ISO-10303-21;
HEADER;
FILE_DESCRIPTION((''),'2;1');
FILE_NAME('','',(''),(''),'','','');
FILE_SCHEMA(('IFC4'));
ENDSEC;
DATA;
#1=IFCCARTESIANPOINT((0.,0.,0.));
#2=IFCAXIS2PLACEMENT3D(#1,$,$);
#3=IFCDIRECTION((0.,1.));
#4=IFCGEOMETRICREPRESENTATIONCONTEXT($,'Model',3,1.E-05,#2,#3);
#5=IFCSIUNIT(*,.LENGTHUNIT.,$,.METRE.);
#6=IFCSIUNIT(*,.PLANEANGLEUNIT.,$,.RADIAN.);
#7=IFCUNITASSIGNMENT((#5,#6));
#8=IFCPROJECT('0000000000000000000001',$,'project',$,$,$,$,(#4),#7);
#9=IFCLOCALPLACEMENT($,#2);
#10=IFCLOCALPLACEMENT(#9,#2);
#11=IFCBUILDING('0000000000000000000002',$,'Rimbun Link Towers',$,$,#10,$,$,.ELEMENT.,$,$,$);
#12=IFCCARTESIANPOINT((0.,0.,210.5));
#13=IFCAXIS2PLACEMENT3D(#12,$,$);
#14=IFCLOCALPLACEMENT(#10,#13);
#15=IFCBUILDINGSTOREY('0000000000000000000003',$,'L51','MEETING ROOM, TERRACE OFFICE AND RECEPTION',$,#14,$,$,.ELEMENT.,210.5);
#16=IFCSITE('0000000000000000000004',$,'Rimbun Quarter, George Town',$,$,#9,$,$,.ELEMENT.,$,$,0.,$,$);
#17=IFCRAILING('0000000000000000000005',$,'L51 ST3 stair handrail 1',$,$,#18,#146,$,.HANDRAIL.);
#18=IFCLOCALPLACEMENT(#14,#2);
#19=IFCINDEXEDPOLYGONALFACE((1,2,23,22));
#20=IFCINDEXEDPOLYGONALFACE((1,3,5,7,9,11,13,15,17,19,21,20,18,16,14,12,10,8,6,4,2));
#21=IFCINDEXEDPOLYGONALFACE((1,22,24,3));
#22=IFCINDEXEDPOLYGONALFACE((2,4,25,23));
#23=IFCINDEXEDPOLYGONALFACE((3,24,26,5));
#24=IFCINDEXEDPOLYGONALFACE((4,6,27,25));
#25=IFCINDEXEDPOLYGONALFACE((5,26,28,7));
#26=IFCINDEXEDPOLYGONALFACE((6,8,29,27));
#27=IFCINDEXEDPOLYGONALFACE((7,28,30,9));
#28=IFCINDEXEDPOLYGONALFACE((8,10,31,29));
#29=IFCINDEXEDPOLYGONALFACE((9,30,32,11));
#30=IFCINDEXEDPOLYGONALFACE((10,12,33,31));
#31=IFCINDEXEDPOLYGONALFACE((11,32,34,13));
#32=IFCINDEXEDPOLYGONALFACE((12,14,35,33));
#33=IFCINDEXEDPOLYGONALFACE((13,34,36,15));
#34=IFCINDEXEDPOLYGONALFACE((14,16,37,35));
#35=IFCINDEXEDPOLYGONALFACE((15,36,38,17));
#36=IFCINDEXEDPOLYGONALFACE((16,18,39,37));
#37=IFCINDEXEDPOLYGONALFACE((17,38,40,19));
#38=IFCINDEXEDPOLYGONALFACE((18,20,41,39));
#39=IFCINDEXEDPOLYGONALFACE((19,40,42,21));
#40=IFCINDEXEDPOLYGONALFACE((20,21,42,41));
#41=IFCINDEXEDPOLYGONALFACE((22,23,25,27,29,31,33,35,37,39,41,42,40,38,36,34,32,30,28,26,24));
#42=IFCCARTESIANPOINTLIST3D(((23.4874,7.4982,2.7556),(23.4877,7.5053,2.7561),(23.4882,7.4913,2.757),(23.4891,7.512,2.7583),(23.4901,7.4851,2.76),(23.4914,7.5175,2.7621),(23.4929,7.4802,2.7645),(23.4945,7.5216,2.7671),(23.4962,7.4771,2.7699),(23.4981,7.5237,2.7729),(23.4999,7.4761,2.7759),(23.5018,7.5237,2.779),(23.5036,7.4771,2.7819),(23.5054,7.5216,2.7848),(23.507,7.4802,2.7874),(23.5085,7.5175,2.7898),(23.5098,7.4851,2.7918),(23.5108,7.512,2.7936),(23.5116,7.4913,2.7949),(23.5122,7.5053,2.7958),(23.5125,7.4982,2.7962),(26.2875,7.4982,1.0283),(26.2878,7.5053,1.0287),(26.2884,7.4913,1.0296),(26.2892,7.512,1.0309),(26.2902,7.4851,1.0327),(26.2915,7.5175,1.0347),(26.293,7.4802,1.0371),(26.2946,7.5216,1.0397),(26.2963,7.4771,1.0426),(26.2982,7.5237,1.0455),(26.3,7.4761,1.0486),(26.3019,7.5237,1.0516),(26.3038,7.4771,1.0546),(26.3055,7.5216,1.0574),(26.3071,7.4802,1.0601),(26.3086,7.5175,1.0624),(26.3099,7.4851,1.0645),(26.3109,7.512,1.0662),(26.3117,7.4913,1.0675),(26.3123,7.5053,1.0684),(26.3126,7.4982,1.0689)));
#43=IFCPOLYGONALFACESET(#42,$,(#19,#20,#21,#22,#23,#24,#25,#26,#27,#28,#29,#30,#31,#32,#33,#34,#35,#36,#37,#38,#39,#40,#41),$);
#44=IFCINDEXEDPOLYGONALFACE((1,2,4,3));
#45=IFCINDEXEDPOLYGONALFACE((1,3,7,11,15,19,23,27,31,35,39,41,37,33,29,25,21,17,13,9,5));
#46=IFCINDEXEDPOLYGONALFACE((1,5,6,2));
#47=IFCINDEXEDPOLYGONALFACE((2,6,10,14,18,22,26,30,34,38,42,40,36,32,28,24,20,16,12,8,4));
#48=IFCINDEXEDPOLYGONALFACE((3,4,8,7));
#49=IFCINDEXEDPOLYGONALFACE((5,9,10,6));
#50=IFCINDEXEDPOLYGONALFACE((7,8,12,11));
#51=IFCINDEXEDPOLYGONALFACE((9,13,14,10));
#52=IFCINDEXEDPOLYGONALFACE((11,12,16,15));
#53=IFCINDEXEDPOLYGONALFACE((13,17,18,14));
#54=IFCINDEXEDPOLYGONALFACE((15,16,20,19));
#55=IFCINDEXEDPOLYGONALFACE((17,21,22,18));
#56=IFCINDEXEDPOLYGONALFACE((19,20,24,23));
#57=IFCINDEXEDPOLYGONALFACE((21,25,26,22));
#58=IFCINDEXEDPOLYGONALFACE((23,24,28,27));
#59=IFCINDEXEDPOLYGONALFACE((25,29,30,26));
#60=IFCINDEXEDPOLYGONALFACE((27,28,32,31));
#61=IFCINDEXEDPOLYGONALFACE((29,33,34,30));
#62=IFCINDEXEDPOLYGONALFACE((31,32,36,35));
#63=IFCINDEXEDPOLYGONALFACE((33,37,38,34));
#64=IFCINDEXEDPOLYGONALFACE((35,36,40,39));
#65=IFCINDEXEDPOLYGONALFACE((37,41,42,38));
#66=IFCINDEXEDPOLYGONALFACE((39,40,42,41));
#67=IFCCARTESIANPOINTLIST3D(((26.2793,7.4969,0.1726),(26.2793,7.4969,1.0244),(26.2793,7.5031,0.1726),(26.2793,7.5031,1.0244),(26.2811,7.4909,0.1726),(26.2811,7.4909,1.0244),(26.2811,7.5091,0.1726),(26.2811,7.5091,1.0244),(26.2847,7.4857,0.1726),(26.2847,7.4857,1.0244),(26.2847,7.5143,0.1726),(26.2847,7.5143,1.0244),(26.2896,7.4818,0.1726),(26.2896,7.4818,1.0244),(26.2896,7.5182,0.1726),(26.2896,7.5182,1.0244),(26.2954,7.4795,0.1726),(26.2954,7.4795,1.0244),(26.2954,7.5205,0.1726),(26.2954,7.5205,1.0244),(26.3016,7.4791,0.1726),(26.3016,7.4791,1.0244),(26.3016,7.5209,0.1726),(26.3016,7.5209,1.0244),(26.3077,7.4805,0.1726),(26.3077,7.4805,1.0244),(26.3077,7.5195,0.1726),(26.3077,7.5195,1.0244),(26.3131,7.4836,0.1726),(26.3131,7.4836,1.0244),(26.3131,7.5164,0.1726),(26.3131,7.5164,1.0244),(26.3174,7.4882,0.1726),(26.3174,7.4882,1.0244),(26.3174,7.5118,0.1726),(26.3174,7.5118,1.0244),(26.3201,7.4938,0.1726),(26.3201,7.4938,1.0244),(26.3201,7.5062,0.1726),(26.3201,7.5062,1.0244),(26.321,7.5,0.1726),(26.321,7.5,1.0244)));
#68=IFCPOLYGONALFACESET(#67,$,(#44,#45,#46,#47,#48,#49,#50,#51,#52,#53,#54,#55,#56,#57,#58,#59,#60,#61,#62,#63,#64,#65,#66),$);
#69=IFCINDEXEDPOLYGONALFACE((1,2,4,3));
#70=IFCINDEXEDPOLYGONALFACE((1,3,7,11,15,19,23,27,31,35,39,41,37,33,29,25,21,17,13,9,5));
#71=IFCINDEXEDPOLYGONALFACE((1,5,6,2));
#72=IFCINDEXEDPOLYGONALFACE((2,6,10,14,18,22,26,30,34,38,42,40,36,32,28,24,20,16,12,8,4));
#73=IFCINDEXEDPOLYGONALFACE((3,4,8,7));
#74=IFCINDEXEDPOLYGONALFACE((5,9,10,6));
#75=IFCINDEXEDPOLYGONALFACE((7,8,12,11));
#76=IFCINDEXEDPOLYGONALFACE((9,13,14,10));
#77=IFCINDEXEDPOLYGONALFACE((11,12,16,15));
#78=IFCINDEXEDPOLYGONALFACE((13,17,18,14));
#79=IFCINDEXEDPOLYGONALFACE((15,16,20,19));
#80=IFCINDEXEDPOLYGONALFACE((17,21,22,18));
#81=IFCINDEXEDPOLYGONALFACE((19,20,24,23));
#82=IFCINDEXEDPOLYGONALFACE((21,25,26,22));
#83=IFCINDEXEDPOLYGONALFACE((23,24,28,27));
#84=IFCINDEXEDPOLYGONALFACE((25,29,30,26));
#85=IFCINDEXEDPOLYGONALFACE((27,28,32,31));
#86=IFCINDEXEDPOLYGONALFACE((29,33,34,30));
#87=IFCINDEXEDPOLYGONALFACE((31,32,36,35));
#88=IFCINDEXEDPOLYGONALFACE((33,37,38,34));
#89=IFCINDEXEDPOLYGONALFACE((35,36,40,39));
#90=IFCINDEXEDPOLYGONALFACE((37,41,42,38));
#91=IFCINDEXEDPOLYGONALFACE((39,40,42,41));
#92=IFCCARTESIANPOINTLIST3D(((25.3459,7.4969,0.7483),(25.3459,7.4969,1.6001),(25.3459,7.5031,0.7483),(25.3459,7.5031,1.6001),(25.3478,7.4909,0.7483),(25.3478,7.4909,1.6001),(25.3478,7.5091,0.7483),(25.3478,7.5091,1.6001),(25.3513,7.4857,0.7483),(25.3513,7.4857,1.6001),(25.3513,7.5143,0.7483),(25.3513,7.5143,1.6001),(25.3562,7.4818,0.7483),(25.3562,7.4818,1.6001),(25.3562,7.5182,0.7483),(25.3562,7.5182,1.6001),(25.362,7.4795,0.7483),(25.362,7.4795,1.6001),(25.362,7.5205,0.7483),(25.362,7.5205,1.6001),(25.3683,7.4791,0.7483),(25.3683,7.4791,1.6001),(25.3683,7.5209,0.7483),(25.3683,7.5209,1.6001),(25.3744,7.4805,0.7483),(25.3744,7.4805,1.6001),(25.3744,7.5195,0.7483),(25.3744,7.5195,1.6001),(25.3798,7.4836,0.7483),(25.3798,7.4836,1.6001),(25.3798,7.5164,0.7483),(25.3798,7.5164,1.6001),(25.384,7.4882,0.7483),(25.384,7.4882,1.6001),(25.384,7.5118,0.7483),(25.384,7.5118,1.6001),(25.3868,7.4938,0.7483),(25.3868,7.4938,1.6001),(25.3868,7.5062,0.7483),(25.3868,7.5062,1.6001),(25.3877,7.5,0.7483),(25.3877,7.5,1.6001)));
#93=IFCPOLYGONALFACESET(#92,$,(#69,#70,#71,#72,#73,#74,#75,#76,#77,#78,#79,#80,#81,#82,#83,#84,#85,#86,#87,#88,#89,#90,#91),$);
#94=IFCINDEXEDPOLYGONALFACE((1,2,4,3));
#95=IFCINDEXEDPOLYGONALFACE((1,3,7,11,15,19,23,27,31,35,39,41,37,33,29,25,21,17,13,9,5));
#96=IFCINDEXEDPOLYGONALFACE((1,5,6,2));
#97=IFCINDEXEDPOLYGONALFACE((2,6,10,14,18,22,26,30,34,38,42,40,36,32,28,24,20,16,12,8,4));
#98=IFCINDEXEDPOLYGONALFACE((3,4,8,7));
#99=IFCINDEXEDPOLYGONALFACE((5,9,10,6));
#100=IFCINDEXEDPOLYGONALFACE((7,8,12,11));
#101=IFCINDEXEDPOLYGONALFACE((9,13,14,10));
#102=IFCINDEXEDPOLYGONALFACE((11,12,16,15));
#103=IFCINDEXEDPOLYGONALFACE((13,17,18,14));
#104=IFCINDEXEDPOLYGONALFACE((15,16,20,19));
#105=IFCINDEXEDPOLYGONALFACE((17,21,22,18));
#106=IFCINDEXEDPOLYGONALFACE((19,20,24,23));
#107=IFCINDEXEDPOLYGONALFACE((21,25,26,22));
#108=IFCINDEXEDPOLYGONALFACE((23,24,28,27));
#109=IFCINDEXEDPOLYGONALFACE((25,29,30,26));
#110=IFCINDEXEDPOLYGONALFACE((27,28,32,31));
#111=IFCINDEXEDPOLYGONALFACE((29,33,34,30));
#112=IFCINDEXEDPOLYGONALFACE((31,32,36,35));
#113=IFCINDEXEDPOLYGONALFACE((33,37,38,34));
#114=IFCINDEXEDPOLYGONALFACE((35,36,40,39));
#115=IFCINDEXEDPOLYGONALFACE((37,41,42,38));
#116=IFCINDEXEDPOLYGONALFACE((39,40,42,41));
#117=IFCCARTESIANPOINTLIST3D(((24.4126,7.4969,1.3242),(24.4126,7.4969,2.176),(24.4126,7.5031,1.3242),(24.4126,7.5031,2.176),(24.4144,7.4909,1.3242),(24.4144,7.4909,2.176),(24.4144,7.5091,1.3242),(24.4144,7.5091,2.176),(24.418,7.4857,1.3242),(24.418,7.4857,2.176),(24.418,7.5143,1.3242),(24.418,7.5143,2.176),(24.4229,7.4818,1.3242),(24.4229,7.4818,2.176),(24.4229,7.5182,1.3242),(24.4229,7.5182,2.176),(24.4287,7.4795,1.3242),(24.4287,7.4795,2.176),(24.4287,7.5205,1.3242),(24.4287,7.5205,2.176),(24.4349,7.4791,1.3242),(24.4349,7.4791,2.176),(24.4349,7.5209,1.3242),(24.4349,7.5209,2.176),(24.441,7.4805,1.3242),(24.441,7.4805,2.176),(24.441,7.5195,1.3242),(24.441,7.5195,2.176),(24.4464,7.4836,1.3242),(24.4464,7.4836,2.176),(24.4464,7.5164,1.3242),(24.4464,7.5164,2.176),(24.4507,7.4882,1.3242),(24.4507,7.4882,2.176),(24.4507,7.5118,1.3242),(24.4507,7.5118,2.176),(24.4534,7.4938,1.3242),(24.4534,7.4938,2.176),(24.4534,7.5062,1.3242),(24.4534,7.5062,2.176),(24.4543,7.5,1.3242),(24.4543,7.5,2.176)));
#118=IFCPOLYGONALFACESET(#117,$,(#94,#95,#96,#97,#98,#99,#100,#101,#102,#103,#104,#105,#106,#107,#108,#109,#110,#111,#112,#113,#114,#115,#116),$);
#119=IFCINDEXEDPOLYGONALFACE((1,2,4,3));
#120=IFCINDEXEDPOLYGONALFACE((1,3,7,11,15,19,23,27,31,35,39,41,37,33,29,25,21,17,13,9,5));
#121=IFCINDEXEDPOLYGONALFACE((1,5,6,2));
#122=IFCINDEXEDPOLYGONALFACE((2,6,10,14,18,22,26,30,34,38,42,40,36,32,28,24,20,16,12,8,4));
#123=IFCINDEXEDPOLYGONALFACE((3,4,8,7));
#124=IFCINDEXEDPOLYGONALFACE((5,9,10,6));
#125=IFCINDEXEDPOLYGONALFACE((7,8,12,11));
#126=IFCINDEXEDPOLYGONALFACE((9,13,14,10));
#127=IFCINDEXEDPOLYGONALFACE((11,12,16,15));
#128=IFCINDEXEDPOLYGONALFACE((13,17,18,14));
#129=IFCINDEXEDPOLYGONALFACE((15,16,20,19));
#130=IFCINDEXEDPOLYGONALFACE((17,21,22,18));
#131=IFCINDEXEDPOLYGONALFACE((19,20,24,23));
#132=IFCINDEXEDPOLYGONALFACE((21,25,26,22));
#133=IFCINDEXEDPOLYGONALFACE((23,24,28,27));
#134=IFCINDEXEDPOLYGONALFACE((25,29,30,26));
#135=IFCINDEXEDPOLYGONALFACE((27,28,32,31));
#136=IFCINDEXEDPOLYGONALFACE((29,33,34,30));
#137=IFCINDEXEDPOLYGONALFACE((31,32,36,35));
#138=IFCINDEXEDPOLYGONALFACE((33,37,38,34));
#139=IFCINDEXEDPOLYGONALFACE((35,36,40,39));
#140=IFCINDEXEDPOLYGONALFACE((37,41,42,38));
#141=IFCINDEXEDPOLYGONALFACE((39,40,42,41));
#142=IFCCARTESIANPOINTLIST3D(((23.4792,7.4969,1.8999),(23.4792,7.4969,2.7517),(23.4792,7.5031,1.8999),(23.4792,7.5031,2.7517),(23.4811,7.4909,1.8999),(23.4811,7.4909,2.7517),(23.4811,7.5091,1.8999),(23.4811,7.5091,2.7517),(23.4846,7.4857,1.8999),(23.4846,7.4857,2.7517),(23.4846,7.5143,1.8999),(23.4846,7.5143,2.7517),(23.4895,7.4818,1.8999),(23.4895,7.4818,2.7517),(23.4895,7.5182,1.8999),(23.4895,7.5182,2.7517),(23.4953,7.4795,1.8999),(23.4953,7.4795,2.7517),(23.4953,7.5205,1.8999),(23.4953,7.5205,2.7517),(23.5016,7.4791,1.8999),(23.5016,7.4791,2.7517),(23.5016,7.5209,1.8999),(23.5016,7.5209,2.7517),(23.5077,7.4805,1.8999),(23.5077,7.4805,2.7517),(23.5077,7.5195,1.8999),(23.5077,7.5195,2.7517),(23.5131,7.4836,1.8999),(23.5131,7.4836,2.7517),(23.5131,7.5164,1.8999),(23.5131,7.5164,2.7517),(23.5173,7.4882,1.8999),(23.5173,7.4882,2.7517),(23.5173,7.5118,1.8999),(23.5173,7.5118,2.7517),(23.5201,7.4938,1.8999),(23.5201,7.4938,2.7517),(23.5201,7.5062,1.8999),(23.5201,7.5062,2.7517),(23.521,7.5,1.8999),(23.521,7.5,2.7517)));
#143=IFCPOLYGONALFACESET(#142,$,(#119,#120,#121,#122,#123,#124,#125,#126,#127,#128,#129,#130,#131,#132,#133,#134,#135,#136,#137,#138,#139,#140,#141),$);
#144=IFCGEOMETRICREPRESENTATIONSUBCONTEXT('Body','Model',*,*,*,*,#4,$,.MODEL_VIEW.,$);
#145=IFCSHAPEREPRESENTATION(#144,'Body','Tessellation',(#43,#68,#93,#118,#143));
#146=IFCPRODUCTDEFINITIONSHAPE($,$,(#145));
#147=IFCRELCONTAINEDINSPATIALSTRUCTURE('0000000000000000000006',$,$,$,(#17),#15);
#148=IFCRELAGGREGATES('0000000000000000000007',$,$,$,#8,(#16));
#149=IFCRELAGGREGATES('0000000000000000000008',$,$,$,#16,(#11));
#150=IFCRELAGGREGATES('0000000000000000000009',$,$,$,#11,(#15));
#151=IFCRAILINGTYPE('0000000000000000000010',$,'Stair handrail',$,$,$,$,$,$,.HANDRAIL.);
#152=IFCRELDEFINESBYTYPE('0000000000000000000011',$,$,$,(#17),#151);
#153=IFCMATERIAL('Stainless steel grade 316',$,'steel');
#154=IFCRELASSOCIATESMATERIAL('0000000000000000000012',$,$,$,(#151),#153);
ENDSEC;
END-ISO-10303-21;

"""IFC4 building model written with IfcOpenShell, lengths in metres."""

from ifc_helpers import new_model, si_unit, direction, frame, origin, origin_2d, place, context, subcontext, project, spatial, circle, extrude, material, type_object, element, save


model = new_model("IFC4")

# Units and contexts
model_context = context("Model", 3, precision=1e-05, world=origin(), true_north=direction((0.0, 1.0)))
body_context = subcontext(model_context, "Body", "Model", "MODEL_VIEW")
ifc_project = project(units=[si_unit("LENGTHUNIT", "METRE"), si_unit("PLANEANGLEUNIT", "RADIAN")], contexts=[model_context])

# Site, building, storey
site_placement = place(None, origin())
site = spatial("IfcSite", under=ifc_project, at=site_placement, Name="Rimbun Quarter, George Town", CompositionType="ELEMENT", RefElevation=0.0)
building_placement = place(site_placement, origin())
building = spatial("IfcBuilding", under=site, at=building_placement, Name="Rimbun Link Towers", CompositionType="ELEMENT")
storey_placement = place(building_placement, frame((0.0, 0.0, 210.5)))
storey = spatial("IfcBuildingStorey", under=building, at=storey_placement, Name="L51", Description="MEETING ROOM, TERRACE OFFICE AND RECEPTION", CompositionType="ELEMENT", Elevation=210.5)

# Railing
ifc_material_1 = material(Name="Stainless steel grade 316", Category="steel")
railing_type_1 = type_object("IfcRailingType", Name="Stair handrail", PredefinedType="HANDRAIL", material=ifc_material_1)
railing_1_placement = place(storey_placement, frame((26.3, 7.5, 0.1726)))
element("IfcRailing", 1, at=railing_1_placement, inside=storey, type_object=railing_type_1, Name="L51 ST3 stair handrail 1", PredefinedType="HANDRAIL", context=body_context, shape_type="SweptSolid", body=[
    extrude(circle(Radius=0.0239, at=origin_2d()), frame((0.0, 0.0, 0.876), z_axis=(-0.85109, 0.0, 0.52502), x_axis=(0.0, -1.0, 0.0)), (0.0, 0.0, 1.0), 3.29),
    extrude(circle(Radius=0.021, at=origin_2d()), origin(), (0.0, 0.0, 1.0), 0.8518),
    extrude(circle(Radius=0.021, at=origin_2d()), frame((-0.9333, 0.0, 0.5757)), (0.0, 0.0, 1.0), 0.8518),
    extrude(circle(Radius=0.021, at=origin_2d()), frame((-1.8667, 0.0, 1.1516)), (0.0, 0.0, 1.0), 0.8518),
    extrude(circle(Radius=0.021, at=origin_2d()), frame((-2.8, 0.0, 1.7273)), (0.0, 0.0, 1.0), 0.8518),
])

save(model, "model.ifc")
